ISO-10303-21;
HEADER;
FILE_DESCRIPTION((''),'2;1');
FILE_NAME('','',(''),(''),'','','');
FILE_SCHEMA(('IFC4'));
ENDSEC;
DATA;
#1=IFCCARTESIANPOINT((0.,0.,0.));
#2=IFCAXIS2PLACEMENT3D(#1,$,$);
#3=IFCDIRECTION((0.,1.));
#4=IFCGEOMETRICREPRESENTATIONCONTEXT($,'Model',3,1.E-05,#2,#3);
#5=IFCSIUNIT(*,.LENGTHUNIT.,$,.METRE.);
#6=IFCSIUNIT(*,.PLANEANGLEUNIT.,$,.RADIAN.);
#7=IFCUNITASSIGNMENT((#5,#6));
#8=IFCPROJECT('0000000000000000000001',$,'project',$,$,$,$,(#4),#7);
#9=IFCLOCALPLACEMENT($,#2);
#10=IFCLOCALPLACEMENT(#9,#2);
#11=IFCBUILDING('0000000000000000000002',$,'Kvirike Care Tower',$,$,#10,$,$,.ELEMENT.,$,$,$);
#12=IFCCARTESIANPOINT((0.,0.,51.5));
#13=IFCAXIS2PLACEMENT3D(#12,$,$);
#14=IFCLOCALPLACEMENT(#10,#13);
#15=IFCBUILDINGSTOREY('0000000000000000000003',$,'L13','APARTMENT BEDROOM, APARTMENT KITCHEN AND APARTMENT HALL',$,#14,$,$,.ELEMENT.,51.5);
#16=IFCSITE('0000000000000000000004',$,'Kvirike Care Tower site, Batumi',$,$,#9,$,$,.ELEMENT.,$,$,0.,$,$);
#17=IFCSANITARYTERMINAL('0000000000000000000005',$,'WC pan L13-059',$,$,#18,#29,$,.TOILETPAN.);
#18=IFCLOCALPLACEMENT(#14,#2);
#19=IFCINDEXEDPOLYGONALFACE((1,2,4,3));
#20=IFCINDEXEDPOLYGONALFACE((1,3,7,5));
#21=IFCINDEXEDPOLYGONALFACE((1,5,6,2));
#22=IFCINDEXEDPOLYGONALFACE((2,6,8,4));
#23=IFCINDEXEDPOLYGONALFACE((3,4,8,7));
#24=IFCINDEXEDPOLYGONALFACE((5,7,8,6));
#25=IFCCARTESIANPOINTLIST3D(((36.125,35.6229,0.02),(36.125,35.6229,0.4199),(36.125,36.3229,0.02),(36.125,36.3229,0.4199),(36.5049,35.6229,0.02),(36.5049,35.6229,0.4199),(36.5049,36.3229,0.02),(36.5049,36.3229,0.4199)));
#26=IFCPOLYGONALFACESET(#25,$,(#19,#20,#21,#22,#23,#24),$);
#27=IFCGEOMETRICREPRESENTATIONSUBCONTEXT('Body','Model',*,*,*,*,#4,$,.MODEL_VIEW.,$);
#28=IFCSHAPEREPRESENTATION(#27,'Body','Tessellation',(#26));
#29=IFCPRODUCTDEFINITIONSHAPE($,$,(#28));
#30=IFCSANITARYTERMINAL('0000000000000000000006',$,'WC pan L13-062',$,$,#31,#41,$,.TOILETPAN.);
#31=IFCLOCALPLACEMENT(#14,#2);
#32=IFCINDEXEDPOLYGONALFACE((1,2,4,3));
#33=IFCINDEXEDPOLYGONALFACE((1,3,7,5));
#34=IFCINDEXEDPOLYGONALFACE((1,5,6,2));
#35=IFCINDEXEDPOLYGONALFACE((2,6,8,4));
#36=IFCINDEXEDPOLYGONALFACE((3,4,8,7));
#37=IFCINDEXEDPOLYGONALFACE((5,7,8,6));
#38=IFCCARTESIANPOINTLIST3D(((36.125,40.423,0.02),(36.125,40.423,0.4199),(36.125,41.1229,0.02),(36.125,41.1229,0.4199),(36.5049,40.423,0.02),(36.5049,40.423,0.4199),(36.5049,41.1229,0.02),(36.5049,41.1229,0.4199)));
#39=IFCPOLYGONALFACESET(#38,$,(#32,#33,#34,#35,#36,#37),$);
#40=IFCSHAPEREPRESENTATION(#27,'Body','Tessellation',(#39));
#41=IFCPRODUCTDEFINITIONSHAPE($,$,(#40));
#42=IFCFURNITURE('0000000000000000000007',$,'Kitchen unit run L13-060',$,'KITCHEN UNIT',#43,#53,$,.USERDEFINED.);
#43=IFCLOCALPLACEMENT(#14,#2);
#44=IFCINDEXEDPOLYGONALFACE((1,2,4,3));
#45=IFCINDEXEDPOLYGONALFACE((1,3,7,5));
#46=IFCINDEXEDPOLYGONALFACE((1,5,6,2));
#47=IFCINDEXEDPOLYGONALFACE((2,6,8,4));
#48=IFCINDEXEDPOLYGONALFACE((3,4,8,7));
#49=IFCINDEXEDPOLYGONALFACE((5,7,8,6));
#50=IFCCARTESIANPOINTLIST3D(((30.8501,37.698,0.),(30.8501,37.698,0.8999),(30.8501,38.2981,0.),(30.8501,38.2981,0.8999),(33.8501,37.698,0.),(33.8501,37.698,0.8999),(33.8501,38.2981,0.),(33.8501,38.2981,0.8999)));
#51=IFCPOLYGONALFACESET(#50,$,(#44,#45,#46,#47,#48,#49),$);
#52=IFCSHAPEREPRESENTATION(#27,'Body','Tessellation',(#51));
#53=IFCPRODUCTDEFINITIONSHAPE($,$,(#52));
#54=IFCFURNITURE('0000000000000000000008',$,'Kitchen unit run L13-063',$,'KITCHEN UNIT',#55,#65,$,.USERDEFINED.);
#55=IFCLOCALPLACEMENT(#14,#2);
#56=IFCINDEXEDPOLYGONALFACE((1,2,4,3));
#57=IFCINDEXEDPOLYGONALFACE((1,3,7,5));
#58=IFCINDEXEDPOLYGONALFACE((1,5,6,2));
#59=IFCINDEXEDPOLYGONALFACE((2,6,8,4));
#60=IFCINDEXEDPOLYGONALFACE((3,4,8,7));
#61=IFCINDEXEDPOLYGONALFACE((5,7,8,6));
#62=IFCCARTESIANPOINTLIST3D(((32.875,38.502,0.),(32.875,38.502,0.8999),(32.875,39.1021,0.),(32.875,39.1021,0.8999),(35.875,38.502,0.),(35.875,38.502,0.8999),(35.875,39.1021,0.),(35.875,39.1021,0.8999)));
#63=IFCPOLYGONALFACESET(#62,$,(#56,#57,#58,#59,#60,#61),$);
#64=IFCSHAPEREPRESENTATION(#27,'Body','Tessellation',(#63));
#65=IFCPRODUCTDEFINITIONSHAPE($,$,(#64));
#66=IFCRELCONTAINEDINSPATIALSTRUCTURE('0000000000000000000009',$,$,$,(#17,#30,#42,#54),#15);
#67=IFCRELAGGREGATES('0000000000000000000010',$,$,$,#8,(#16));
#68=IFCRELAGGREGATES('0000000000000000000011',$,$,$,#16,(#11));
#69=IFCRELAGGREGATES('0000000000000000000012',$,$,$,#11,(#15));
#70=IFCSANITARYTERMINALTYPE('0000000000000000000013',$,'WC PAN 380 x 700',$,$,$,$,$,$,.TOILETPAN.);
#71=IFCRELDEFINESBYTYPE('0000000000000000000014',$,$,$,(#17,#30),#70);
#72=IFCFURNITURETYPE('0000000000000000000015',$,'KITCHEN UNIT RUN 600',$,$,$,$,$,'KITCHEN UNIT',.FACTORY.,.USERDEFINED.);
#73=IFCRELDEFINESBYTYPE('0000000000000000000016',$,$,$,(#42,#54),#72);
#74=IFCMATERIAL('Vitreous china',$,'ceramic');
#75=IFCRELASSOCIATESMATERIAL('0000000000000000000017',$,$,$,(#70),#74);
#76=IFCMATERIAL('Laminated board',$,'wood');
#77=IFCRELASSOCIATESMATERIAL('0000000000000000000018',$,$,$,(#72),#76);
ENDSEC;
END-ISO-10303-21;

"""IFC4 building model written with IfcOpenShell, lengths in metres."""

from ifc_helpers import new_model, si_unit, direction, frame, origin, origin_2d, place, context, subcontext, project, spatial, rectangle, extrude, material, type_object, element, save


model = new_model("IFC4")

# Units and contexts
model_context = context("Model", 3, precision=1e-05, world=origin(), true_north=direction((0.0, 1.0)))
body_context = subcontext(model_context, "Body", "Model", "MODEL_VIEW")
ifc_project = project(units=[si_unit("LENGTHUNIT", "METRE"), si_unit("PLANEANGLEUNIT", "RADIAN")], contexts=[model_context])

# Site, building, storey
site_placement = place(None, origin())
site = spatial("IfcSite", under=ifc_project, at=site_placement, Name="Kvirike Care Tower site, Batumi", CompositionType="ELEMENT", RefElevation=0.0)
building_placement = place(site_placement, origin())
building = spatial("IfcBuilding", under=site, at=building_placement, Name="Kvirike Care Tower", CompositionType="ELEMENT")
storey_placement = place(building_placement, frame((0.0, 0.0, 51.5)))
storey = spatial("IfcBuildingStorey", under=building, at=storey_placement, Name="L13", Description="APARTMENT BEDROOM, APARTMENT KITCHEN AND APARTMENT HALL", CompositionType="ELEMENT", Elevation=51.5)

# Sanitary terminals
ifc_material_1 = material(Name="Vitreous china", Category="ceramic")
sanitary_terminal_type_1 = type_object("IfcSanitaryTerminalType", Name="WC PAN 380 x 700", PredefinedType="TOILETPAN", material=ifc_material_1)
for number, where, z_axis, x_axis, name in (
    (1, (36.3149, 35.9729, 0.02), (0.0, 0.0, 1.0), (1.0, 0.0, 0.0), "WC pan L13-059"),
    (2, (36.3149, 40.7729, 0.02), (0.0, 0.0, 1.0), (1.0, 0.0, 0.0), "WC pan L13-062"),
):
    element("IfcSanitaryTerminal", number, at=place(storey_placement, frame(where, z_axis=z_axis, x_axis=x_axis)), inside=storey, type_object=sanitary_terminal_type_1, Name=name, PredefinedType="TOILETPAN", context=body_context, shape_type="SweptSolid", body=[
        extrude(rectangle(XDim=0.3799, YDim=0.7, at=origin_2d()), origin(), (0.0, 0.0, 1.0), 0.3999),
    ])

# Furniture
ifc_material_2 = material(Name="Laminated board", Category="wood")
furniture_type = type_object("IfcFurnitureType", Name="KITCHEN UNIT RUN 600", ElementType="KITCHEN UNIT", AssemblyPlace="FACTORY", PredefinedType="USERDEFINED", material=ifc_material_2)
for number, where, z_axis, x_axis, name in (
    (3, (32.3501, 37.998, 0.0), (0.0, 0.0, 1.0), (1.0, 0.0, 0.0), "Kitchen unit run L13-060"),
    (4, (34.375, 38.802, 0.0), (0.0, 0.0, 1.0), (-1.0, 0.0, 0.0), "Kitchen unit run L13-063"),
):
    element("IfcFurniture", number, at=place(storey_placement, frame(where, z_axis=z_axis, x_axis=x_axis)), inside=storey, type_object=furniture_type, Name=name, ObjectType="KITCHEN UNIT", PredefinedType="USERDEFINED", context=body_context, shape_type="SweptSolid", body=[
        extrude(rectangle(XDim=3.0, YDim=0.6001, at=origin_2d()), origin(), (0.0, 0.0, 1.0), 0.8999),
    ])

save(model, "model.ifc")
